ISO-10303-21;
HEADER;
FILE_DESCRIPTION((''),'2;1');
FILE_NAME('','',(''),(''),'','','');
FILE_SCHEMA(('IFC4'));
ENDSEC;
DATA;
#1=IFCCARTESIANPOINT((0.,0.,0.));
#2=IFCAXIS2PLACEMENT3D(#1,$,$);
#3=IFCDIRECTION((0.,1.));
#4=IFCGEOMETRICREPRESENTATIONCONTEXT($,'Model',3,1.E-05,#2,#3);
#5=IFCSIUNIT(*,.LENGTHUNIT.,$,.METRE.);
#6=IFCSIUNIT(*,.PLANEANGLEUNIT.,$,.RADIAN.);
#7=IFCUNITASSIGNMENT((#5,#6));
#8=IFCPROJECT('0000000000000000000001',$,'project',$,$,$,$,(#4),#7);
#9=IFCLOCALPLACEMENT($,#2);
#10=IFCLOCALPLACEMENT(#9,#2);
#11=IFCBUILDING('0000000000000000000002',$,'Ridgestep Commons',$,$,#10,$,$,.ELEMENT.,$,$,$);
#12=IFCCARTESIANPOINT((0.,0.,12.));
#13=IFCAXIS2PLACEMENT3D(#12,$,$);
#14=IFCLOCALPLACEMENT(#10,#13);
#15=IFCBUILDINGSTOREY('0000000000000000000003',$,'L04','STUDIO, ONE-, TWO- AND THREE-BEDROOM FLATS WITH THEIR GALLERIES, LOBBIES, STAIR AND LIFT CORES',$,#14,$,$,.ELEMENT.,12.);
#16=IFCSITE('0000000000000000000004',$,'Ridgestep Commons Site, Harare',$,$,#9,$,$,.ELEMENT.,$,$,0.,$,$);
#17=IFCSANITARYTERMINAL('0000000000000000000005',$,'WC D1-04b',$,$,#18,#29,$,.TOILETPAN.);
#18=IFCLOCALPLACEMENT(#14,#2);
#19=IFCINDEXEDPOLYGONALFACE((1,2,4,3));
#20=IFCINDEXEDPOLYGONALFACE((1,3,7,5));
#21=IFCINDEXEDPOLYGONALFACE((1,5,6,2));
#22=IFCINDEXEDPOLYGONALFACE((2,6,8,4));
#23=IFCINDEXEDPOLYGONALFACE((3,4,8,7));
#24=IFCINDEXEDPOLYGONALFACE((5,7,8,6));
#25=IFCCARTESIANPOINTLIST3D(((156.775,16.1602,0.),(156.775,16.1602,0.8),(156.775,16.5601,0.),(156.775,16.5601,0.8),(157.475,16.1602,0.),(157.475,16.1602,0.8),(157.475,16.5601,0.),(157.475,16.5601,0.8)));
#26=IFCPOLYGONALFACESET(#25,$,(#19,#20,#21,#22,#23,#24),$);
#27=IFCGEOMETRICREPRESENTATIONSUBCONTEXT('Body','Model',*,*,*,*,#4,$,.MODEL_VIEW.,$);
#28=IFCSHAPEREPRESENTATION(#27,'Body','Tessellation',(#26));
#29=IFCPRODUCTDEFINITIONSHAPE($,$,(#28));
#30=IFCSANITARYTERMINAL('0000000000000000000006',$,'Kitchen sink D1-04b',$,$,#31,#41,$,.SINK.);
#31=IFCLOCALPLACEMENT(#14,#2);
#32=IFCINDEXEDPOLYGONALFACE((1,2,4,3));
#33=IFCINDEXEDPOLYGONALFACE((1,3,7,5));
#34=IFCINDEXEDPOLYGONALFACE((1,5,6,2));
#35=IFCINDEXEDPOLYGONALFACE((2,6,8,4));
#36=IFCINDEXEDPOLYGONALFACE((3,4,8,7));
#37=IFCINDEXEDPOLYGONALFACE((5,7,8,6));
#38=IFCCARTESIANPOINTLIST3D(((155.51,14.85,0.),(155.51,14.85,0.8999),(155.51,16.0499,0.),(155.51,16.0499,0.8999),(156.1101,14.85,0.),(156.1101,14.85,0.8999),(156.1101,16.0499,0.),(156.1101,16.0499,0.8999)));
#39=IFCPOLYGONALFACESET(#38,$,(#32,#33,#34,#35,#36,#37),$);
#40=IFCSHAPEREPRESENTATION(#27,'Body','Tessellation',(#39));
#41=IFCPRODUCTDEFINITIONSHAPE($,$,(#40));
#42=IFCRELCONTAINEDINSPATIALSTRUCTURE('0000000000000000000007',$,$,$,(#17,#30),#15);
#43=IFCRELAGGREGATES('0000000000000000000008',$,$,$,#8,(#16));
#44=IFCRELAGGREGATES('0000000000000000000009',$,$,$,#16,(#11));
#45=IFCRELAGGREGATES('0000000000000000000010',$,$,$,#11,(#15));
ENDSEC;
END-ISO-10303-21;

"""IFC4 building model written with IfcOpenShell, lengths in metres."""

from ifc_helpers import new_model, si_unit, direction, frame, origin, origin_2d, place, context, subcontext, project, spatial, rectangle, extrude, element, save


model = new_model("IFC4")

# Units and contexts
model_context = context("Model", 3, precision=1e-05, world=origin(), true_north=direction((0.0, 1.0)))
body_context = subcontext(model_context, "Body", "Model", "MODEL_VIEW")
ifc_project = project(units=[si_unit("LENGTHUNIT", "METRE"), si_unit("PLANEANGLEUNIT", "RADIAN")], contexts=[model_context])

# Site, building, storey
site_placement = place(None, origin())
site = spatial("IfcSite", under=ifc_project, at=site_placement, Name="Ridgestep Commons Site, Harare", CompositionType="ELEMENT", RefElevation=0.0)
building_placement = place(site_placement, origin())
building = spatial("IfcBuilding", under=site, at=building_placement, Name="Ridgestep Commons", CompositionType="ELEMENT")
storey_placement = place(building_placement, frame((0.0, 0.0, 12.0)))
storey = spatial("IfcBuildingStorey", under=building, at=storey_placement, Name="L04", Description="STUDIO, ONE-, TWO- AND THREE-BEDROOM FLATS WITH THEIR GALLERIES, LOBBIES, STAIR AND LIFT CORES", CompositionType="ELEMENT", Elevation=12.0)

# Sanitary terminals
sanitary_terminal_1_placement = place(storey_placement, frame((157.125, 16.3601, 0.0), z_axis=(0.0, 0.0, 1.0), x_axis=(1.0, 0.0, 0.0)))
element("IfcSanitaryTerminal", 1, at=sanitary_terminal_1_placement, inside=storey, Name="WC D1-04b", PredefinedType="TOILETPAN", context=body_context, shape_type="SweptSolid", body=[
    extrude(rectangle(XDim=0.7, YDim=0.3999, at=origin_2d()), origin(), (0.0, 0.0, 1.0), 0.8),
])
sanitary_terminal_2_placement = place(storey_placement, frame((155.8101, 15.45, 0.0), z_axis=(0.0, 0.0, 1.0), x_axis=(1.0, 0.0, 0.0)))
element("IfcSanitaryTerminal", 2, at=sanitary_terminal_2_placement, inside=storey, Name="Kitchen sink D1-04b", PredefinedType="SINK", context=body_context, shape_type="SweptSolid", body=[
    extrude(rectangle(XDim=0.6001, YDim=1.2, at=origin_2d()), origin(), (0.0, 0.0, 1.0), 0.8999),
])

save(model, "model.ifc")
